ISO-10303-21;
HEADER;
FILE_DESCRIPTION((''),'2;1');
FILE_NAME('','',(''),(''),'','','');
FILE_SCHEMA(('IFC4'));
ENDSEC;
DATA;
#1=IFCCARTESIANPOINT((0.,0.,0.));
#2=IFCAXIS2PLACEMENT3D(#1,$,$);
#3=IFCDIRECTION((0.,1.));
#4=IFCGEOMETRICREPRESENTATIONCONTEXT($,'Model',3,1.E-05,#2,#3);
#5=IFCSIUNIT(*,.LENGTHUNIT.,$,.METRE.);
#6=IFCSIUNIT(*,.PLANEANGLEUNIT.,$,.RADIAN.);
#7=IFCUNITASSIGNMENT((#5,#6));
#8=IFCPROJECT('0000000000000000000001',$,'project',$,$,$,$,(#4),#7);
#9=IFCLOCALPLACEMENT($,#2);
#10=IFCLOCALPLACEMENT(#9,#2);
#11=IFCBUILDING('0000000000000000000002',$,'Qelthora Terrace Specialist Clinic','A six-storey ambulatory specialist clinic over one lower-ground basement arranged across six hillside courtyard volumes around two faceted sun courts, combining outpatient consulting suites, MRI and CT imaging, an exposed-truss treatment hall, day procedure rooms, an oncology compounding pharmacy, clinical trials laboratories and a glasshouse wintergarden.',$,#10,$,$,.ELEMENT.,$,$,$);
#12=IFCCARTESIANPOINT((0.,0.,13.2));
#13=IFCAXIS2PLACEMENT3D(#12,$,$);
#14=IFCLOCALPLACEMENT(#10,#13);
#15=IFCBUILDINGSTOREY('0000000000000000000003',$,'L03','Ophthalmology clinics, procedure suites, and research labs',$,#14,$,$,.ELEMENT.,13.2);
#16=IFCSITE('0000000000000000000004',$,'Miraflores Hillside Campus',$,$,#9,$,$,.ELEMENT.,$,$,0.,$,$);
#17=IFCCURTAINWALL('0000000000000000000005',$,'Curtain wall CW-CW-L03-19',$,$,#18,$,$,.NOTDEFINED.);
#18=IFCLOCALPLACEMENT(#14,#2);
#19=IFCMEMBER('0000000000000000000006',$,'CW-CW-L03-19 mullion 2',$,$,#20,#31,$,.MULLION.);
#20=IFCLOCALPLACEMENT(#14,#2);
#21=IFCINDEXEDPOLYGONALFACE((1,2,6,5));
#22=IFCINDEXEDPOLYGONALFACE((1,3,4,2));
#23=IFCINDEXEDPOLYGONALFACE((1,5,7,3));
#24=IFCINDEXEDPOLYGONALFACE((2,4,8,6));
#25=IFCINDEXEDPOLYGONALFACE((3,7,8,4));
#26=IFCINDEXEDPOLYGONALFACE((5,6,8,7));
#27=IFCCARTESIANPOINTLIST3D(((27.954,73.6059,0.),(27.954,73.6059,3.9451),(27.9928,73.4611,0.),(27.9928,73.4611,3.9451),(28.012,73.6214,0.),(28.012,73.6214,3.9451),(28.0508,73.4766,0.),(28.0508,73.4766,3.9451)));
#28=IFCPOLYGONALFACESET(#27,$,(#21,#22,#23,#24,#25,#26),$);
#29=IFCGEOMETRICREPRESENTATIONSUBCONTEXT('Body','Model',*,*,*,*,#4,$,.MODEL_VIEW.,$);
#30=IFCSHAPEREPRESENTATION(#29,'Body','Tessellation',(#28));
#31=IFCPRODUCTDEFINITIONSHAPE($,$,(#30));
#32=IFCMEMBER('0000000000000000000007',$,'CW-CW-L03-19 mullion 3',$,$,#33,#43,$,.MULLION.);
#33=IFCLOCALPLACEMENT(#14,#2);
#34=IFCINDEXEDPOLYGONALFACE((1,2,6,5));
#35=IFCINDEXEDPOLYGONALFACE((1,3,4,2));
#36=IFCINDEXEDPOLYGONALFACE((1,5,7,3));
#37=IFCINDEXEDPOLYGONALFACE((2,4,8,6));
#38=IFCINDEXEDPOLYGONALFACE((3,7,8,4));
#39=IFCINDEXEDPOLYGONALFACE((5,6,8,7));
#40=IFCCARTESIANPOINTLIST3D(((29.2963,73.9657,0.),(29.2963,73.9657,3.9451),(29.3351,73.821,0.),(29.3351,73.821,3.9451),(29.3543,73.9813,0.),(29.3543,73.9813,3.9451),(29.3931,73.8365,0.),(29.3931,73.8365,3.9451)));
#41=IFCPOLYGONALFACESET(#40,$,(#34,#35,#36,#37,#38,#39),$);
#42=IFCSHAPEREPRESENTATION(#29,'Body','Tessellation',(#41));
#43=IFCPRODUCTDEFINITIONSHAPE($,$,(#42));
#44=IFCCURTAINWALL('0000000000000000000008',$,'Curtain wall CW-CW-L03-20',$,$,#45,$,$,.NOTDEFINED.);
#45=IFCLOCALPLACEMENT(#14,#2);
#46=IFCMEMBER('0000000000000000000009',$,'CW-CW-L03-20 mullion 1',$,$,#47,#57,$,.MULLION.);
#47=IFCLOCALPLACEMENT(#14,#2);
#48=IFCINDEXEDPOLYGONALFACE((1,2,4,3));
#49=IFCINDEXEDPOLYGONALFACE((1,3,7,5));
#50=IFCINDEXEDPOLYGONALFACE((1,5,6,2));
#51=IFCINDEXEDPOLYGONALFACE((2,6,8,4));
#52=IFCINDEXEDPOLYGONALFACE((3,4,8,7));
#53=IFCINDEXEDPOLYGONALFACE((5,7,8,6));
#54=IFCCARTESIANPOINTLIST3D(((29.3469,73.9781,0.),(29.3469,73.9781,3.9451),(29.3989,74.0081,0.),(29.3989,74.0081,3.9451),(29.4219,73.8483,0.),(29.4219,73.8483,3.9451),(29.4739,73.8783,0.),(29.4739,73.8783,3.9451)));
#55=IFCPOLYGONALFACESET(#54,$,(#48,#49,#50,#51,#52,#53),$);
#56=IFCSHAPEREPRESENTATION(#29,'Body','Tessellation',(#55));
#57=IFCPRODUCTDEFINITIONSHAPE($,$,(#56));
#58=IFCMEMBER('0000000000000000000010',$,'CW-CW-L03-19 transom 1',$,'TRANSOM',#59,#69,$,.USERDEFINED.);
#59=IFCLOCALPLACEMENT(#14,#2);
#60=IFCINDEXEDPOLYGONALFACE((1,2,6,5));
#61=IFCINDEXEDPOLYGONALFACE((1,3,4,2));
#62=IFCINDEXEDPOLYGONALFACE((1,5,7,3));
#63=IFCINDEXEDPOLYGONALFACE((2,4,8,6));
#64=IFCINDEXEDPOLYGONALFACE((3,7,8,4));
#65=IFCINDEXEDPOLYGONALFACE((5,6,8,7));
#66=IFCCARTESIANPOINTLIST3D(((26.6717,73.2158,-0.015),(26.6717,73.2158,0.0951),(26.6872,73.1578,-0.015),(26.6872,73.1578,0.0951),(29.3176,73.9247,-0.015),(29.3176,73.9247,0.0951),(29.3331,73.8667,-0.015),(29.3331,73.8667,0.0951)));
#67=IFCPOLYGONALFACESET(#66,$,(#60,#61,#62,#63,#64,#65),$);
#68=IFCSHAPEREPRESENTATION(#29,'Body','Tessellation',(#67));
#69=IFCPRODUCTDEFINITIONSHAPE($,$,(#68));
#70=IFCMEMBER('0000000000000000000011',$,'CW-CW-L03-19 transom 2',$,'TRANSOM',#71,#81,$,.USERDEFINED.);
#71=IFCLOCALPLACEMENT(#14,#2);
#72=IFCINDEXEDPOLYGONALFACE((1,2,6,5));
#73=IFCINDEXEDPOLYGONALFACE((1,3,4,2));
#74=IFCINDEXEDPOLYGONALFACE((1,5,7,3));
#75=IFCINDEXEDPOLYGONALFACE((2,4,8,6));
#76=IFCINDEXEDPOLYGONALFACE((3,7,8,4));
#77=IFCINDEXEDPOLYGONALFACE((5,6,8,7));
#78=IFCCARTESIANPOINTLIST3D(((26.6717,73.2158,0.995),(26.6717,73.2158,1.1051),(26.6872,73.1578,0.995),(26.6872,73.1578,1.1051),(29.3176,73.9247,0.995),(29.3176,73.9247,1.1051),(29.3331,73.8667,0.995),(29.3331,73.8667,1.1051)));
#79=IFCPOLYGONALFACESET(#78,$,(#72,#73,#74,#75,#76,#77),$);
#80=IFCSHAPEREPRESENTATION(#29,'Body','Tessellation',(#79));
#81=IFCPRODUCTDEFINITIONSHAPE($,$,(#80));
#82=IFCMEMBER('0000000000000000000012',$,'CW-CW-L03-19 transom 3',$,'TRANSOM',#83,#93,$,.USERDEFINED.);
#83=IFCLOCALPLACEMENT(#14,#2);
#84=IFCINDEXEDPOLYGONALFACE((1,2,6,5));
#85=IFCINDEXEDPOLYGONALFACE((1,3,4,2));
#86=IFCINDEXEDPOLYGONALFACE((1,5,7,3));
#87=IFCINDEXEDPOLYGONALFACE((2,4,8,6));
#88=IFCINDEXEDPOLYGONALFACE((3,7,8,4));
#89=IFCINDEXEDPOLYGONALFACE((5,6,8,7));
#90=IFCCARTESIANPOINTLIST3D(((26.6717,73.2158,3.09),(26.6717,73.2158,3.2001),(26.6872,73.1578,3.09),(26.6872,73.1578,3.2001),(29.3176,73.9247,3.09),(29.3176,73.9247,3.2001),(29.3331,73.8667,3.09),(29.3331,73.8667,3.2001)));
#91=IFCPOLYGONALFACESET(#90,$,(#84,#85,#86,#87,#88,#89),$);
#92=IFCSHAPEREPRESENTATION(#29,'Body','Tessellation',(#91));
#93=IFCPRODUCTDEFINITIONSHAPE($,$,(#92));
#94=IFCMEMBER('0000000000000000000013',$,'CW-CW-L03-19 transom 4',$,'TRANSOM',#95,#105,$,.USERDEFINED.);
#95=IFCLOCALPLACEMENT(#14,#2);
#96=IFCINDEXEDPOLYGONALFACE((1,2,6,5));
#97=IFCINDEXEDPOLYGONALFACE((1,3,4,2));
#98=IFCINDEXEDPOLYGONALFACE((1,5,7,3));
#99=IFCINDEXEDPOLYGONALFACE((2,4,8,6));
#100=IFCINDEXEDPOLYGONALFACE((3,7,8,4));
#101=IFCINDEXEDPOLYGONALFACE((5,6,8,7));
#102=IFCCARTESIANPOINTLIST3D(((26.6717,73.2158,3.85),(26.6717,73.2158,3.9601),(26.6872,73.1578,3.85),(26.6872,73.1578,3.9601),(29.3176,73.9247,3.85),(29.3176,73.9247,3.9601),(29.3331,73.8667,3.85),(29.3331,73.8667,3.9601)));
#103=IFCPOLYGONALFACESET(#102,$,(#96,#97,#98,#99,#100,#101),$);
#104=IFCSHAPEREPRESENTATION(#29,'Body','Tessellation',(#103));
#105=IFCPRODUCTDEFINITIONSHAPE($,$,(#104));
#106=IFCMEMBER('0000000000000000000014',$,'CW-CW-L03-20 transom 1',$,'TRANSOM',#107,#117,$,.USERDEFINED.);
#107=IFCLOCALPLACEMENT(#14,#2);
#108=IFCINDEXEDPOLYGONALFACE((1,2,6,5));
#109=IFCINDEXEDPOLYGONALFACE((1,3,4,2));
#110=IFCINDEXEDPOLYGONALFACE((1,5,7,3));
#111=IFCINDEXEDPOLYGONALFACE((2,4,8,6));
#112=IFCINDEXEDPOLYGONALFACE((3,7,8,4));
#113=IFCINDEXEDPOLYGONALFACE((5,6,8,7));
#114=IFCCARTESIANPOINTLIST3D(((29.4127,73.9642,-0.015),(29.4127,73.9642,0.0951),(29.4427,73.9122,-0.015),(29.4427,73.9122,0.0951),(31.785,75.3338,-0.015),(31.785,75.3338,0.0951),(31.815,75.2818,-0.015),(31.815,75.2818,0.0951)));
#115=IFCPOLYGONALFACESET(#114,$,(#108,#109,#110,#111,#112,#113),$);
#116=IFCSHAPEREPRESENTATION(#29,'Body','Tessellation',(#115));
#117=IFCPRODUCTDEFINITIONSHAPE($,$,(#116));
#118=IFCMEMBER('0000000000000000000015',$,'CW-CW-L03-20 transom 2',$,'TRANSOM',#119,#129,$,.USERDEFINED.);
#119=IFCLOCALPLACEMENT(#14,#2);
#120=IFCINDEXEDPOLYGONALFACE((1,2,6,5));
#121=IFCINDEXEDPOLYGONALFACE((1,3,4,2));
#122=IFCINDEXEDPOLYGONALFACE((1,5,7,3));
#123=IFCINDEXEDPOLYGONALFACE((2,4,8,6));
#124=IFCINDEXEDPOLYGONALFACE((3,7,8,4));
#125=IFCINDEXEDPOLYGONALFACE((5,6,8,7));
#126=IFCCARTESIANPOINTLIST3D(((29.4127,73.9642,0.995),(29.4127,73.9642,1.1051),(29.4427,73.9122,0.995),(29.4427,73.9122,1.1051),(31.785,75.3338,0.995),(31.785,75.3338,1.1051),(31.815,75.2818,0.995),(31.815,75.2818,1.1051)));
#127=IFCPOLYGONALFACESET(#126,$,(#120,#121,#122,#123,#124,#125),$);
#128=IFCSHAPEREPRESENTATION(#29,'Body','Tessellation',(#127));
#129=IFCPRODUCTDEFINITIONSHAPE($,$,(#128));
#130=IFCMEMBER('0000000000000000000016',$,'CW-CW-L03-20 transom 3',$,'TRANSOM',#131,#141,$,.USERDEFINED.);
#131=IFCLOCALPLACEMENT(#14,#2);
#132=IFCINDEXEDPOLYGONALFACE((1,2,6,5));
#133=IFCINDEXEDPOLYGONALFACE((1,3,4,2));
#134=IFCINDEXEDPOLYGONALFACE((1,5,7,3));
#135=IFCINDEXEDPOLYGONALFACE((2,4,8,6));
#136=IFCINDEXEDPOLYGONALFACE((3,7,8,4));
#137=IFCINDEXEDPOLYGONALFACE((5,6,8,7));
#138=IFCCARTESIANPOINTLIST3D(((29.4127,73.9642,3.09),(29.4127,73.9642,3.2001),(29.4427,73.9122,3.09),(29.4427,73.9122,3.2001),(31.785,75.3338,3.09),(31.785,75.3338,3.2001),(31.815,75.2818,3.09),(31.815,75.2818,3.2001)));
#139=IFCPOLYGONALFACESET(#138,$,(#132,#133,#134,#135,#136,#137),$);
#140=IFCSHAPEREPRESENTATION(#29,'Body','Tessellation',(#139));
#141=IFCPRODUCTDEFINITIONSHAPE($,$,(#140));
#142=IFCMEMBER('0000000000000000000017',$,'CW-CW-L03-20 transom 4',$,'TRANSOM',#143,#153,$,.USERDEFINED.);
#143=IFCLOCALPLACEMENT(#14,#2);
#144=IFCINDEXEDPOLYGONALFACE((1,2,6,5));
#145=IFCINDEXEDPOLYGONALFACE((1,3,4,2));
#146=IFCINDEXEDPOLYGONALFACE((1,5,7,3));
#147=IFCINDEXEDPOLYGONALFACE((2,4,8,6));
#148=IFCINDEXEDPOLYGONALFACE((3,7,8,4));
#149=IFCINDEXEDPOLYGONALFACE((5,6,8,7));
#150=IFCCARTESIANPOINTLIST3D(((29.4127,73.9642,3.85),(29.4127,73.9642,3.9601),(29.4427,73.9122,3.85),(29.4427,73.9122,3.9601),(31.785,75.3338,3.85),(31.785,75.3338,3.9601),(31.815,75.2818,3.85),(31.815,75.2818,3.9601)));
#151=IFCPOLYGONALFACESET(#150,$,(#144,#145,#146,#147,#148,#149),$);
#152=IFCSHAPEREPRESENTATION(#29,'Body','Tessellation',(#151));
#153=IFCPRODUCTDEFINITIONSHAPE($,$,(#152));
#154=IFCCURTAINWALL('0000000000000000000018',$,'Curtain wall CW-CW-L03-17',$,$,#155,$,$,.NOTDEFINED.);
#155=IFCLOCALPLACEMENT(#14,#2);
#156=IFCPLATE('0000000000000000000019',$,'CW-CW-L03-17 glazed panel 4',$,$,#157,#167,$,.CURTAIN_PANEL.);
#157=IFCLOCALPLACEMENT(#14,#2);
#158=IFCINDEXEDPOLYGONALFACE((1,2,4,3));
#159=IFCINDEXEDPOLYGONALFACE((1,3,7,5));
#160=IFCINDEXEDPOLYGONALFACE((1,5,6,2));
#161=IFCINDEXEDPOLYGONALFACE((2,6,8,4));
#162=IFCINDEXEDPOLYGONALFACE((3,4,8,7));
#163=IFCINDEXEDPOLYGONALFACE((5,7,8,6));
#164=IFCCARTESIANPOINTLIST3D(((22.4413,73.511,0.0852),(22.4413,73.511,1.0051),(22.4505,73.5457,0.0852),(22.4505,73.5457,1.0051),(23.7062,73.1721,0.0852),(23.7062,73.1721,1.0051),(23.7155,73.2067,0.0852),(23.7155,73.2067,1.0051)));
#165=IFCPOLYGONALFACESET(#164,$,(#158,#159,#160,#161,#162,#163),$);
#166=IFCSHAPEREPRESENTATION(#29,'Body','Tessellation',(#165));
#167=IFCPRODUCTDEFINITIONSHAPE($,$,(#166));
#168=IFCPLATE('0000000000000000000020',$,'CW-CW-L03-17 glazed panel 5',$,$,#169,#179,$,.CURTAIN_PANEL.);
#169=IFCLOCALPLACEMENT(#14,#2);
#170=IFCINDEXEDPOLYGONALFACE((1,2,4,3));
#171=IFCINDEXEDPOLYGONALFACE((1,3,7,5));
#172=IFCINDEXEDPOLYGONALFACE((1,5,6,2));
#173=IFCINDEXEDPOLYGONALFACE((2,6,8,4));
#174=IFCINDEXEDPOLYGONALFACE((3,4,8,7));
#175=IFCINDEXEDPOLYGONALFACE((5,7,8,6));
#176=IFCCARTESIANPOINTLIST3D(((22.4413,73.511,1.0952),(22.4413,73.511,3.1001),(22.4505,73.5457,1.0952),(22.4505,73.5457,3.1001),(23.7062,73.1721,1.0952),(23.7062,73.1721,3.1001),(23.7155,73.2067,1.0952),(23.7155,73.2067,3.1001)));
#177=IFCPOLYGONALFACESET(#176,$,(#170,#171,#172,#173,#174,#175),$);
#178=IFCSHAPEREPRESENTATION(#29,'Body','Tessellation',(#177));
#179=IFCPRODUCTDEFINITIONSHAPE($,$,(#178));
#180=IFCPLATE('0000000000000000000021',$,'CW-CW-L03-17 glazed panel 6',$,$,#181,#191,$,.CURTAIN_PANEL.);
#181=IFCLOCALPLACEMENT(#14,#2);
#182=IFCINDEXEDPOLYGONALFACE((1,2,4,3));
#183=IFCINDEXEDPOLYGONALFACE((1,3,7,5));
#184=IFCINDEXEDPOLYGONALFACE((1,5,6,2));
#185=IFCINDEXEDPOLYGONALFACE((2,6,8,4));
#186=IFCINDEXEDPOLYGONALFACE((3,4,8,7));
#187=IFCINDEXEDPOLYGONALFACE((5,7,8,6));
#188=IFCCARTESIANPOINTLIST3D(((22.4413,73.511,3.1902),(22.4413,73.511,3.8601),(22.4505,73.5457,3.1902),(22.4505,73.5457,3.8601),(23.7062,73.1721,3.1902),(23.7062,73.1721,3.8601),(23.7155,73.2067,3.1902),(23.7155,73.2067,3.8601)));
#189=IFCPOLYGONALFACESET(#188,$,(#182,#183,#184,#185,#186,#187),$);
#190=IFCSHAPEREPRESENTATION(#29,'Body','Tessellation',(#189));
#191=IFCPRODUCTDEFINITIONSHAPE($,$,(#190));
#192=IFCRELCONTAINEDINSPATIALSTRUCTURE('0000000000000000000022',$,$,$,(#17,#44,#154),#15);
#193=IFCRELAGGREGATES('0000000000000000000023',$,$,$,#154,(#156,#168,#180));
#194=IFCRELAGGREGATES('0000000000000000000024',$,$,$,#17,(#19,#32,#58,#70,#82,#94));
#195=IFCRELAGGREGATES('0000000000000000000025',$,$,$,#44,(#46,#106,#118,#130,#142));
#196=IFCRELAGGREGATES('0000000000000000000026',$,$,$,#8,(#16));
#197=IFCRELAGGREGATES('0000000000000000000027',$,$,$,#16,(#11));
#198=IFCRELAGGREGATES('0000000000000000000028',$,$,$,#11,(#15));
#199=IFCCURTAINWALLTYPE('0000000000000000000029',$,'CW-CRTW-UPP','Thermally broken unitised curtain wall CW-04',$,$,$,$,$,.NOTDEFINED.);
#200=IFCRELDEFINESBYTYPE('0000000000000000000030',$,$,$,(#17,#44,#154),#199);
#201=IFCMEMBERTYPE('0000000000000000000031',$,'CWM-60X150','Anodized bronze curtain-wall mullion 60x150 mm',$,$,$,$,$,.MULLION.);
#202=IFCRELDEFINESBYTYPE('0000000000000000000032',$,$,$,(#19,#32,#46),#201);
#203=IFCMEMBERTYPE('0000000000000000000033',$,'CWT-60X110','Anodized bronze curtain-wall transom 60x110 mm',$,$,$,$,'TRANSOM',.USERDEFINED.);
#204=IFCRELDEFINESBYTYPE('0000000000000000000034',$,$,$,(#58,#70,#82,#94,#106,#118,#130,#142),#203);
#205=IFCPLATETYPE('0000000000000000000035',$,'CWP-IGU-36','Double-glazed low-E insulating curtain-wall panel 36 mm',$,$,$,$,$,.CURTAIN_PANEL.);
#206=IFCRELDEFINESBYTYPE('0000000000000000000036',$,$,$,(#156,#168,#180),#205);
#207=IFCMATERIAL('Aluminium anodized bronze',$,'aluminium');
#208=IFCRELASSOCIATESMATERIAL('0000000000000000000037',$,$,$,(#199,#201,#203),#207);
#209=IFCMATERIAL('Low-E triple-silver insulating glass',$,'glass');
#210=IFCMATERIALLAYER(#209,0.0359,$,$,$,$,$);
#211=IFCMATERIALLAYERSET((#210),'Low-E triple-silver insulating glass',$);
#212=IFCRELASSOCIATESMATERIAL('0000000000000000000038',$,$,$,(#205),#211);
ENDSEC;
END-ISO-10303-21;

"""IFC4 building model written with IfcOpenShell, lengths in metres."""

from ifc_helpers import new_model, si_unit, direction, frame, origin, origin_2d, place, context, subcontext, project, spatial, rectangle, extrude, material, layer, layer_set, material_profile, profile_set, type_object, element, aggregate, save


model = new_model("IFC4")

# Units and contexts
model_context = context("Model", 3, precision=1e-05, world=origin(), true_north=direction((0.0, 1.0)))
body_context = subcontext(model_context, "Body", "Model", "MODEL_VIEW")
ifc_project = project(units=[si_unit("LENGTHUNIT", "METRE"), si_unit("PLANEANGLEUNIT", "RADIAN")], contexts=[model_context])

# Site, building, storey
site_placement = place(None, origin())
site = spatial("IfcSite", under=ifc_project, at=site_placement, Name="Miraflores Hillside Campus", CompositionType="ELEMENT", RefElevation=0.0)
building_placement = place(site_placement, origin())
building = spatial("IfcBuilding", under=site, at=building_placement, Name="Qelthora Terrace Specialist Clinic", Description="A six-storey ambulatory specialist clinic over one lower-ground basement arranged across six hillside courtyard volumes around two faceted sun courts, combining outpatient consulting suites, MRI and CT imaging, an exposed-truss treatment hall, day procedure rooms, an oncology compounding pharmacy, clinical trials laboratories and a glasshouse wintergarden.", CompositionType="ELEMENT")
storey_placement = place(building_placement, frame((0.0, 0.0, 13.2)))
storey = spatial("IfcBuildingStorey", under=building, at=storey_placement, Name="L03", Description="Ophthalmology clinics, procedure suites, and research labs", CompositionType="ELEMENT", Elevation=13.2)

# Curtain wall, members
ifc_material_1 = material(Name="Aluminium anodized bronze", Category="aluminium")
curtain_wall_type = type_object("IfcCurtainWallType", Name="CW-CRTW-UPP", Description="Thermally broken unitised curtain wall CW-04", PredefinedType="NOTDEFINED", material=ifc_material_1)
curtain_wall_1_placement = place(storey_placement, origin())
curtain_wall_1 = element("IfcCurtainWall", 1, at=curtain_wall_1_placement, inside=storey, type_object=curtain_wall_type, Name="Curtain wall CW-CW-L03-19", PredefinedType="NOTDEFINED")
ifc_material_profile_1 = material_profile(ifc_material_1, rectangle(XDim=0.0601, YDim=0.1499, at=origin_2d()), Name="CWM60X150")
ifc_profile_set_1 = profile_set([ifc_material_profile_1], Name="Aluminium anodized bronze")
member_type_1 = type_object("IfcMemberType", Name="CWM-60X150", Description="Anodized bronze curtain-wall mullion 60x150 mm", PredefinedType="MULLION", material=ifc_profile_set_1)
member_1_placement = place(storey_placement, frame((28.0024, 73.5413, 0.0), z_axis=(0.0, 0.0, 1.0), x_axis=(0.965925, 0.25882, 0.0)))
member_1 = element("IfcMember", 2, at=member_1_placement, type_object=member_type_1, Name="CW-CW-L03-19 mullion 2", PredefinedType="MULLION", context=body_context, shape_type="SweptSolid", body=[
    extrude(rectangle(XDim=0.0601, YDim=0.1499, at=origin_2d()), origin(), (0.0, 0.0, 1.0), 3.9451),
])
member_2_placement = place(storey_placement, frame((29.3447, 73.9011, 0.0), z_axis=(0.0, 0.0, 1.0), x_axis=(0.965925, 0.25882, 0.0)))
member_2 = element("IfcMember", 3, at=member_2_placement, type_object=member_type_1, Name="CW-CW-L03-19 mullion 3", PredefinedType="MULLION", context=body_context, shape_type="SweptSolid", body=[
    extrude(rectangle(XDim=0.0601, YDim=0.1499, at=origin_2d()), origin(), (0.0, 0.0, 1.0), 3.9451),
])

# Curtain wall, member
curtain_wall_2_placement = place(storey_placement, origin())
curtain_wall_2 = element("IfcCurtainWall", 4, at=curtain_wall_2_placement, inside=storey, type_object=curtain_wall_type, Name="Curtain wall CW-CW-L03-20", PredefinedType="NOTDEFINED")
member_3_placement = place(storey_placement, frame((29.4104, 73.9282, 0.0), z_axis=(0.0, 0.0, 1.0), x_axis=(0.866026, 0.5, 0.0)))
member_3 = element("IfcMember", 5, at=member_3_placement, type_object=member_type_1, Name="CW-CW-L03-20 mullion 1", PredefinedType="MULLION", context=body_context, shape_type="SweptSolid", body=[
    extrude(rectangle(XDim=0.0601, YDim=0.1499, at=origin_2d()), origin(), (0.0, 0.0, 1.0), 3.9451),
])

# Members
ifc_material_profile_2 = material_profile(ifc_material_1, rectangle(XDim=0.0601, YDim=0.1101, at=origin_2d()), Name="CWT60X110")
ifc_profile_set_2 = profile_set([ifc_material_profile_2], Name="Aluminium anodized bronze")
member_type_2 = type_object("IfcMemberType", Name="CWT-60X110", Description="Anodized bronze curtain-wall transom 60x110 mm", ElementType="TRANSOM", PredefinedType="USERDEFINED", material=ifc_profile_set_2)
member_4_placement = place(storey_placement, frame((26.6794, 73.1868, 0.04), z_axis=(0.965927, 0.258816, 0.0), x_axis=(-0.258816, 0.965927, 0.0)))
member_4 = element("IfcMember", 6, at=member_4_placement, type_object=member_type_2, Name="CW-CW-L03-19 transom 1", ObjectType="TRANSOM", PredefinedType="USERDEFINED", context=body_context, shape_type="SweptSolid", body=[
    extrude(rectangle(XDim=0.0601, YDim=0.1101, at=origin_2d()), origin(), (0.0, 0.0, 1.0), 2.7393),
])
member_5_placement = place(storey_placement, frame((26.6794, 73.1868, 1.05), z_axis=(0.965927, 0.258816, 0.0), x_axis=(-0.258816, 0.965927, 0.0)))
member_5 = element("IfcMember", 7, at=member_5_placement, type_object=member_type_2, Name="CW-CW-L03-19 transom 2", ObjectType="TRANSOM", PredefinedType="USERDEFINED", context=body_context, shape_type="SweptSolid", body=[
    extrude(rectangle(XDim=0.0601, YDim=0.1101, at=origin_2d()), origin(), (0.0, 0.0, 1.0), 2.7393),
])
member_6_placement = place(storey_placement, frame((26.6794, 73.1868, 3.145), z_axis=(0.965927, 0.258816, 0.0), x_axis=(-0.258816, 0.965927, 0.0)))
member_6 = element("IfcMember", 8, at=member_6_placement, type_object=member_type_2, Name="CW-CW-L03-19 transom 3", ObjectType="TRANSOM", PredefinedType="USERDEFINED", context=body_context, shape_type="SweptSolid", body=[
    extrude(rectangle(XDim=0.0601, YDim=0.1101, at=origin_2d()), origin(), (0.0, 0.0, 1.0), 2.7393),
])
member_7_placement = place(storey_placement, frame((26.6794, 73.1868, 3.905), z_axis=(0.965927, 0.258816, 0.0), x_axis=(-0.258816, 0.965927, 0.0)))
member_7 = element("IfcMember", 9, at=member_7_placement, type_object=member_type_2, Name="CW-CW-L03-19 transom 4", ObjectType="TRANSOM", PredefinedType="USERDEFINED", context=body_context, shape_type="SweptSolid", body=[
    extrude(rectangle(XDim=0.0601, YDim=0.1101, at=origin_2d()), origin(), (0.0, 0.0, 1.0), 2.7393),
])
member_8_placement = place(storey_placement, frame((29.4277, 73.9382, 0.04), z_axis=(0.86603, 0.499992, 0.0), x_axis=(-0.499992, 0.86603, 0.0)))
member_8 = element("IfcMember", 10, at=member_8_placement, type_object=member_type_2, Name="CW-CW-L03-20 transom 1", ObjectType="TRANSOM", PredefinedType="USERDEFINED", context=body_context, shape_type="SweptSolid", body=[
    extrude(rectangle(XDim=0.0601, YDim=0.1101, at=origin_2d()), origin(), (0.0, 0.0, 1.0), 2.7393),
])
member_9_placement = place(storey_placement, frame((29.4277, 73.9382, 1.05), z_axis=(0.86603, 0.499992, 0.0), x_axis=(-0.499992, 0.86603, 0.0)))
member_9 = element("IfcMember", 11, at=member_9_placement, type_object=member_type_2, Name="CW-CW-L03-20 transom 2", ObjectType="TRANSOM", PredefinedType="USERDEFINED", context=body_context, shape_type="SweptSolid", body=[
    extrude(rectangle(XDim=0.0601, YDim=0.1101, at=origin_2d()), origin(), (0.0, 0.0, 1.0), 2.7393),
])
member_10_placement = place(storey_placement, frame((29.4277, 73.9382, 3.145), z_axis=(0.86603, 0.499992, 0.0), x_axis=(-0.499992, 0.86603, 0.0)))
member_10 = element("IfcMember", 12, at=member_10_placement, type_object=member_type_2, Name="CW-CW-L03-20 transom 3", ObjectType="TRANSOM", PredefinedType="USERDEFINED", context=body_context, shape_type="SweptSolid", body=[
    extrude(rectangle(XDim=0.0601, YDim=0.1101, at=origin_2d()), origin(), (0.0, 0.0, 1.0), 2.7393),
])
member_11_placement = place(storey_placement, frame((29.4277, 73.9382, 3.905), z_axis=(0.86603, 0.499992, 0.0), x_axis=(-0.499992, 0.86603, 0.0)))
member_11 = element("IfcMember", 13, at=member_11_placement, type_object=member_type_2, Name="CW-CW-L03-20 transom 4", ObjectType="TRANSOM", PredefinedType="USERDEFINED", context=body_context, shape_type="SweptSolid", body=[
    extrude(rectangle(XDim=0.0601, YDim=0.1101, at=origin_2d()), origin(), (0.0, 0.0, 1.0), 2.7393),
])

# Curtain wall, plates
curtain_wall_3_placement = place(storey_placement, origin())
curtain_wall_3 = element("IfcCurtainWall", 14, at=curtain_wall_3_placement, inside=storey, type_object=curtain_wall_type, Name="Curtain wall CW-CW-L03-17", PredefinedType="NOTDEFINED")
ifc_material_2 = material(Name="Low-E triple-silver insulating glass", Category="glass")
ifc_layer = layer(ifc_material_2, 0.0359)
ifc_layer_set = layer_set([ifc_layer], Name="Low-E triple-silver insulating glass")
plate_type = type_object("IfcPlateType", Name="CWP-IGU-36", Description="Double-glazed low-E insulating curtain-wall panel 36 mm", PredefinedType="CURTAIN_PANEL", material=ifc_layer_set)
plate_1_placement = place(storey_placement, frame((23.0784, 73.3589, 0.0852), z_axis=(0.0, 0.0, 1.0), x_axis=(0.965925, -0.258821, 0.0)))
plate_1 = element("IfcPlate", 15, at=plate_1_placement, type_object=plate_type, Name="CW-CW-L03-17 glazed panel 4", PredefinedType="CURTAIN_PANEL", context=body_context, shape_type="SweptSolid", body=[
    extrude(rectangle(XDim=1.3096, YDim=0.0359, at=origin_2d()), origin(), (0.0, 0.0, 1.0), 0.9199),
])
plate_2_placement = place(storey_placement, frame((23.0784, 73.3589, 1.0952), z_axis=(0.0, 0.0, 1.0), x_axis=(0.965925, -0.258821, 0.0)))
plate_2 = element("IfcPlate", 16, at=plate_2_placement, type_object=plate_type, Name="CW-CW-L03-17 glazed panel 5", PredefinedType="CURTAIN_PANEL", context=body_context, shape_type="SweptSolid", body=[
    extrude(rectangle(XDim=1.3096, YDim=0.0359, at=origin_2d()), origin(), (0.0, 0.0, 1.0), 2.0049),
])
plate_3_placement = place(storey_placement, frame((23.0784, 73.3589, 3.1902), z_axis=(0.0, 0.0, 1.0), x_axis=(0.965925, -0.258821, 0.0)))
plate_3 = element("IfcPlate", 17, at=plate_3_placement, type_object=plate_type, Name="CW-CW-L03-17 glazed panel 6", PredefinedType="CURTAIN_PANEL", context=body_context, shape_type="SweptSolid", body=[
    extrude(rectangle(XDim=1.3096, YDim=0.0359, at=origin_2d()), origin(), (0.0, 0.0, 1.0), 0.6699),
])
aggregate(curtain_wall_3, [plate_1, plate_2, plate_3])

aggregate(curtain_wall_1, [member_1, member_2, member_4, member_5, member_6, member_7])
aggregate(curtain_wall_2, [member_3, member_8, member_9, member_10, member_11])

save(model, "model.ifc")
